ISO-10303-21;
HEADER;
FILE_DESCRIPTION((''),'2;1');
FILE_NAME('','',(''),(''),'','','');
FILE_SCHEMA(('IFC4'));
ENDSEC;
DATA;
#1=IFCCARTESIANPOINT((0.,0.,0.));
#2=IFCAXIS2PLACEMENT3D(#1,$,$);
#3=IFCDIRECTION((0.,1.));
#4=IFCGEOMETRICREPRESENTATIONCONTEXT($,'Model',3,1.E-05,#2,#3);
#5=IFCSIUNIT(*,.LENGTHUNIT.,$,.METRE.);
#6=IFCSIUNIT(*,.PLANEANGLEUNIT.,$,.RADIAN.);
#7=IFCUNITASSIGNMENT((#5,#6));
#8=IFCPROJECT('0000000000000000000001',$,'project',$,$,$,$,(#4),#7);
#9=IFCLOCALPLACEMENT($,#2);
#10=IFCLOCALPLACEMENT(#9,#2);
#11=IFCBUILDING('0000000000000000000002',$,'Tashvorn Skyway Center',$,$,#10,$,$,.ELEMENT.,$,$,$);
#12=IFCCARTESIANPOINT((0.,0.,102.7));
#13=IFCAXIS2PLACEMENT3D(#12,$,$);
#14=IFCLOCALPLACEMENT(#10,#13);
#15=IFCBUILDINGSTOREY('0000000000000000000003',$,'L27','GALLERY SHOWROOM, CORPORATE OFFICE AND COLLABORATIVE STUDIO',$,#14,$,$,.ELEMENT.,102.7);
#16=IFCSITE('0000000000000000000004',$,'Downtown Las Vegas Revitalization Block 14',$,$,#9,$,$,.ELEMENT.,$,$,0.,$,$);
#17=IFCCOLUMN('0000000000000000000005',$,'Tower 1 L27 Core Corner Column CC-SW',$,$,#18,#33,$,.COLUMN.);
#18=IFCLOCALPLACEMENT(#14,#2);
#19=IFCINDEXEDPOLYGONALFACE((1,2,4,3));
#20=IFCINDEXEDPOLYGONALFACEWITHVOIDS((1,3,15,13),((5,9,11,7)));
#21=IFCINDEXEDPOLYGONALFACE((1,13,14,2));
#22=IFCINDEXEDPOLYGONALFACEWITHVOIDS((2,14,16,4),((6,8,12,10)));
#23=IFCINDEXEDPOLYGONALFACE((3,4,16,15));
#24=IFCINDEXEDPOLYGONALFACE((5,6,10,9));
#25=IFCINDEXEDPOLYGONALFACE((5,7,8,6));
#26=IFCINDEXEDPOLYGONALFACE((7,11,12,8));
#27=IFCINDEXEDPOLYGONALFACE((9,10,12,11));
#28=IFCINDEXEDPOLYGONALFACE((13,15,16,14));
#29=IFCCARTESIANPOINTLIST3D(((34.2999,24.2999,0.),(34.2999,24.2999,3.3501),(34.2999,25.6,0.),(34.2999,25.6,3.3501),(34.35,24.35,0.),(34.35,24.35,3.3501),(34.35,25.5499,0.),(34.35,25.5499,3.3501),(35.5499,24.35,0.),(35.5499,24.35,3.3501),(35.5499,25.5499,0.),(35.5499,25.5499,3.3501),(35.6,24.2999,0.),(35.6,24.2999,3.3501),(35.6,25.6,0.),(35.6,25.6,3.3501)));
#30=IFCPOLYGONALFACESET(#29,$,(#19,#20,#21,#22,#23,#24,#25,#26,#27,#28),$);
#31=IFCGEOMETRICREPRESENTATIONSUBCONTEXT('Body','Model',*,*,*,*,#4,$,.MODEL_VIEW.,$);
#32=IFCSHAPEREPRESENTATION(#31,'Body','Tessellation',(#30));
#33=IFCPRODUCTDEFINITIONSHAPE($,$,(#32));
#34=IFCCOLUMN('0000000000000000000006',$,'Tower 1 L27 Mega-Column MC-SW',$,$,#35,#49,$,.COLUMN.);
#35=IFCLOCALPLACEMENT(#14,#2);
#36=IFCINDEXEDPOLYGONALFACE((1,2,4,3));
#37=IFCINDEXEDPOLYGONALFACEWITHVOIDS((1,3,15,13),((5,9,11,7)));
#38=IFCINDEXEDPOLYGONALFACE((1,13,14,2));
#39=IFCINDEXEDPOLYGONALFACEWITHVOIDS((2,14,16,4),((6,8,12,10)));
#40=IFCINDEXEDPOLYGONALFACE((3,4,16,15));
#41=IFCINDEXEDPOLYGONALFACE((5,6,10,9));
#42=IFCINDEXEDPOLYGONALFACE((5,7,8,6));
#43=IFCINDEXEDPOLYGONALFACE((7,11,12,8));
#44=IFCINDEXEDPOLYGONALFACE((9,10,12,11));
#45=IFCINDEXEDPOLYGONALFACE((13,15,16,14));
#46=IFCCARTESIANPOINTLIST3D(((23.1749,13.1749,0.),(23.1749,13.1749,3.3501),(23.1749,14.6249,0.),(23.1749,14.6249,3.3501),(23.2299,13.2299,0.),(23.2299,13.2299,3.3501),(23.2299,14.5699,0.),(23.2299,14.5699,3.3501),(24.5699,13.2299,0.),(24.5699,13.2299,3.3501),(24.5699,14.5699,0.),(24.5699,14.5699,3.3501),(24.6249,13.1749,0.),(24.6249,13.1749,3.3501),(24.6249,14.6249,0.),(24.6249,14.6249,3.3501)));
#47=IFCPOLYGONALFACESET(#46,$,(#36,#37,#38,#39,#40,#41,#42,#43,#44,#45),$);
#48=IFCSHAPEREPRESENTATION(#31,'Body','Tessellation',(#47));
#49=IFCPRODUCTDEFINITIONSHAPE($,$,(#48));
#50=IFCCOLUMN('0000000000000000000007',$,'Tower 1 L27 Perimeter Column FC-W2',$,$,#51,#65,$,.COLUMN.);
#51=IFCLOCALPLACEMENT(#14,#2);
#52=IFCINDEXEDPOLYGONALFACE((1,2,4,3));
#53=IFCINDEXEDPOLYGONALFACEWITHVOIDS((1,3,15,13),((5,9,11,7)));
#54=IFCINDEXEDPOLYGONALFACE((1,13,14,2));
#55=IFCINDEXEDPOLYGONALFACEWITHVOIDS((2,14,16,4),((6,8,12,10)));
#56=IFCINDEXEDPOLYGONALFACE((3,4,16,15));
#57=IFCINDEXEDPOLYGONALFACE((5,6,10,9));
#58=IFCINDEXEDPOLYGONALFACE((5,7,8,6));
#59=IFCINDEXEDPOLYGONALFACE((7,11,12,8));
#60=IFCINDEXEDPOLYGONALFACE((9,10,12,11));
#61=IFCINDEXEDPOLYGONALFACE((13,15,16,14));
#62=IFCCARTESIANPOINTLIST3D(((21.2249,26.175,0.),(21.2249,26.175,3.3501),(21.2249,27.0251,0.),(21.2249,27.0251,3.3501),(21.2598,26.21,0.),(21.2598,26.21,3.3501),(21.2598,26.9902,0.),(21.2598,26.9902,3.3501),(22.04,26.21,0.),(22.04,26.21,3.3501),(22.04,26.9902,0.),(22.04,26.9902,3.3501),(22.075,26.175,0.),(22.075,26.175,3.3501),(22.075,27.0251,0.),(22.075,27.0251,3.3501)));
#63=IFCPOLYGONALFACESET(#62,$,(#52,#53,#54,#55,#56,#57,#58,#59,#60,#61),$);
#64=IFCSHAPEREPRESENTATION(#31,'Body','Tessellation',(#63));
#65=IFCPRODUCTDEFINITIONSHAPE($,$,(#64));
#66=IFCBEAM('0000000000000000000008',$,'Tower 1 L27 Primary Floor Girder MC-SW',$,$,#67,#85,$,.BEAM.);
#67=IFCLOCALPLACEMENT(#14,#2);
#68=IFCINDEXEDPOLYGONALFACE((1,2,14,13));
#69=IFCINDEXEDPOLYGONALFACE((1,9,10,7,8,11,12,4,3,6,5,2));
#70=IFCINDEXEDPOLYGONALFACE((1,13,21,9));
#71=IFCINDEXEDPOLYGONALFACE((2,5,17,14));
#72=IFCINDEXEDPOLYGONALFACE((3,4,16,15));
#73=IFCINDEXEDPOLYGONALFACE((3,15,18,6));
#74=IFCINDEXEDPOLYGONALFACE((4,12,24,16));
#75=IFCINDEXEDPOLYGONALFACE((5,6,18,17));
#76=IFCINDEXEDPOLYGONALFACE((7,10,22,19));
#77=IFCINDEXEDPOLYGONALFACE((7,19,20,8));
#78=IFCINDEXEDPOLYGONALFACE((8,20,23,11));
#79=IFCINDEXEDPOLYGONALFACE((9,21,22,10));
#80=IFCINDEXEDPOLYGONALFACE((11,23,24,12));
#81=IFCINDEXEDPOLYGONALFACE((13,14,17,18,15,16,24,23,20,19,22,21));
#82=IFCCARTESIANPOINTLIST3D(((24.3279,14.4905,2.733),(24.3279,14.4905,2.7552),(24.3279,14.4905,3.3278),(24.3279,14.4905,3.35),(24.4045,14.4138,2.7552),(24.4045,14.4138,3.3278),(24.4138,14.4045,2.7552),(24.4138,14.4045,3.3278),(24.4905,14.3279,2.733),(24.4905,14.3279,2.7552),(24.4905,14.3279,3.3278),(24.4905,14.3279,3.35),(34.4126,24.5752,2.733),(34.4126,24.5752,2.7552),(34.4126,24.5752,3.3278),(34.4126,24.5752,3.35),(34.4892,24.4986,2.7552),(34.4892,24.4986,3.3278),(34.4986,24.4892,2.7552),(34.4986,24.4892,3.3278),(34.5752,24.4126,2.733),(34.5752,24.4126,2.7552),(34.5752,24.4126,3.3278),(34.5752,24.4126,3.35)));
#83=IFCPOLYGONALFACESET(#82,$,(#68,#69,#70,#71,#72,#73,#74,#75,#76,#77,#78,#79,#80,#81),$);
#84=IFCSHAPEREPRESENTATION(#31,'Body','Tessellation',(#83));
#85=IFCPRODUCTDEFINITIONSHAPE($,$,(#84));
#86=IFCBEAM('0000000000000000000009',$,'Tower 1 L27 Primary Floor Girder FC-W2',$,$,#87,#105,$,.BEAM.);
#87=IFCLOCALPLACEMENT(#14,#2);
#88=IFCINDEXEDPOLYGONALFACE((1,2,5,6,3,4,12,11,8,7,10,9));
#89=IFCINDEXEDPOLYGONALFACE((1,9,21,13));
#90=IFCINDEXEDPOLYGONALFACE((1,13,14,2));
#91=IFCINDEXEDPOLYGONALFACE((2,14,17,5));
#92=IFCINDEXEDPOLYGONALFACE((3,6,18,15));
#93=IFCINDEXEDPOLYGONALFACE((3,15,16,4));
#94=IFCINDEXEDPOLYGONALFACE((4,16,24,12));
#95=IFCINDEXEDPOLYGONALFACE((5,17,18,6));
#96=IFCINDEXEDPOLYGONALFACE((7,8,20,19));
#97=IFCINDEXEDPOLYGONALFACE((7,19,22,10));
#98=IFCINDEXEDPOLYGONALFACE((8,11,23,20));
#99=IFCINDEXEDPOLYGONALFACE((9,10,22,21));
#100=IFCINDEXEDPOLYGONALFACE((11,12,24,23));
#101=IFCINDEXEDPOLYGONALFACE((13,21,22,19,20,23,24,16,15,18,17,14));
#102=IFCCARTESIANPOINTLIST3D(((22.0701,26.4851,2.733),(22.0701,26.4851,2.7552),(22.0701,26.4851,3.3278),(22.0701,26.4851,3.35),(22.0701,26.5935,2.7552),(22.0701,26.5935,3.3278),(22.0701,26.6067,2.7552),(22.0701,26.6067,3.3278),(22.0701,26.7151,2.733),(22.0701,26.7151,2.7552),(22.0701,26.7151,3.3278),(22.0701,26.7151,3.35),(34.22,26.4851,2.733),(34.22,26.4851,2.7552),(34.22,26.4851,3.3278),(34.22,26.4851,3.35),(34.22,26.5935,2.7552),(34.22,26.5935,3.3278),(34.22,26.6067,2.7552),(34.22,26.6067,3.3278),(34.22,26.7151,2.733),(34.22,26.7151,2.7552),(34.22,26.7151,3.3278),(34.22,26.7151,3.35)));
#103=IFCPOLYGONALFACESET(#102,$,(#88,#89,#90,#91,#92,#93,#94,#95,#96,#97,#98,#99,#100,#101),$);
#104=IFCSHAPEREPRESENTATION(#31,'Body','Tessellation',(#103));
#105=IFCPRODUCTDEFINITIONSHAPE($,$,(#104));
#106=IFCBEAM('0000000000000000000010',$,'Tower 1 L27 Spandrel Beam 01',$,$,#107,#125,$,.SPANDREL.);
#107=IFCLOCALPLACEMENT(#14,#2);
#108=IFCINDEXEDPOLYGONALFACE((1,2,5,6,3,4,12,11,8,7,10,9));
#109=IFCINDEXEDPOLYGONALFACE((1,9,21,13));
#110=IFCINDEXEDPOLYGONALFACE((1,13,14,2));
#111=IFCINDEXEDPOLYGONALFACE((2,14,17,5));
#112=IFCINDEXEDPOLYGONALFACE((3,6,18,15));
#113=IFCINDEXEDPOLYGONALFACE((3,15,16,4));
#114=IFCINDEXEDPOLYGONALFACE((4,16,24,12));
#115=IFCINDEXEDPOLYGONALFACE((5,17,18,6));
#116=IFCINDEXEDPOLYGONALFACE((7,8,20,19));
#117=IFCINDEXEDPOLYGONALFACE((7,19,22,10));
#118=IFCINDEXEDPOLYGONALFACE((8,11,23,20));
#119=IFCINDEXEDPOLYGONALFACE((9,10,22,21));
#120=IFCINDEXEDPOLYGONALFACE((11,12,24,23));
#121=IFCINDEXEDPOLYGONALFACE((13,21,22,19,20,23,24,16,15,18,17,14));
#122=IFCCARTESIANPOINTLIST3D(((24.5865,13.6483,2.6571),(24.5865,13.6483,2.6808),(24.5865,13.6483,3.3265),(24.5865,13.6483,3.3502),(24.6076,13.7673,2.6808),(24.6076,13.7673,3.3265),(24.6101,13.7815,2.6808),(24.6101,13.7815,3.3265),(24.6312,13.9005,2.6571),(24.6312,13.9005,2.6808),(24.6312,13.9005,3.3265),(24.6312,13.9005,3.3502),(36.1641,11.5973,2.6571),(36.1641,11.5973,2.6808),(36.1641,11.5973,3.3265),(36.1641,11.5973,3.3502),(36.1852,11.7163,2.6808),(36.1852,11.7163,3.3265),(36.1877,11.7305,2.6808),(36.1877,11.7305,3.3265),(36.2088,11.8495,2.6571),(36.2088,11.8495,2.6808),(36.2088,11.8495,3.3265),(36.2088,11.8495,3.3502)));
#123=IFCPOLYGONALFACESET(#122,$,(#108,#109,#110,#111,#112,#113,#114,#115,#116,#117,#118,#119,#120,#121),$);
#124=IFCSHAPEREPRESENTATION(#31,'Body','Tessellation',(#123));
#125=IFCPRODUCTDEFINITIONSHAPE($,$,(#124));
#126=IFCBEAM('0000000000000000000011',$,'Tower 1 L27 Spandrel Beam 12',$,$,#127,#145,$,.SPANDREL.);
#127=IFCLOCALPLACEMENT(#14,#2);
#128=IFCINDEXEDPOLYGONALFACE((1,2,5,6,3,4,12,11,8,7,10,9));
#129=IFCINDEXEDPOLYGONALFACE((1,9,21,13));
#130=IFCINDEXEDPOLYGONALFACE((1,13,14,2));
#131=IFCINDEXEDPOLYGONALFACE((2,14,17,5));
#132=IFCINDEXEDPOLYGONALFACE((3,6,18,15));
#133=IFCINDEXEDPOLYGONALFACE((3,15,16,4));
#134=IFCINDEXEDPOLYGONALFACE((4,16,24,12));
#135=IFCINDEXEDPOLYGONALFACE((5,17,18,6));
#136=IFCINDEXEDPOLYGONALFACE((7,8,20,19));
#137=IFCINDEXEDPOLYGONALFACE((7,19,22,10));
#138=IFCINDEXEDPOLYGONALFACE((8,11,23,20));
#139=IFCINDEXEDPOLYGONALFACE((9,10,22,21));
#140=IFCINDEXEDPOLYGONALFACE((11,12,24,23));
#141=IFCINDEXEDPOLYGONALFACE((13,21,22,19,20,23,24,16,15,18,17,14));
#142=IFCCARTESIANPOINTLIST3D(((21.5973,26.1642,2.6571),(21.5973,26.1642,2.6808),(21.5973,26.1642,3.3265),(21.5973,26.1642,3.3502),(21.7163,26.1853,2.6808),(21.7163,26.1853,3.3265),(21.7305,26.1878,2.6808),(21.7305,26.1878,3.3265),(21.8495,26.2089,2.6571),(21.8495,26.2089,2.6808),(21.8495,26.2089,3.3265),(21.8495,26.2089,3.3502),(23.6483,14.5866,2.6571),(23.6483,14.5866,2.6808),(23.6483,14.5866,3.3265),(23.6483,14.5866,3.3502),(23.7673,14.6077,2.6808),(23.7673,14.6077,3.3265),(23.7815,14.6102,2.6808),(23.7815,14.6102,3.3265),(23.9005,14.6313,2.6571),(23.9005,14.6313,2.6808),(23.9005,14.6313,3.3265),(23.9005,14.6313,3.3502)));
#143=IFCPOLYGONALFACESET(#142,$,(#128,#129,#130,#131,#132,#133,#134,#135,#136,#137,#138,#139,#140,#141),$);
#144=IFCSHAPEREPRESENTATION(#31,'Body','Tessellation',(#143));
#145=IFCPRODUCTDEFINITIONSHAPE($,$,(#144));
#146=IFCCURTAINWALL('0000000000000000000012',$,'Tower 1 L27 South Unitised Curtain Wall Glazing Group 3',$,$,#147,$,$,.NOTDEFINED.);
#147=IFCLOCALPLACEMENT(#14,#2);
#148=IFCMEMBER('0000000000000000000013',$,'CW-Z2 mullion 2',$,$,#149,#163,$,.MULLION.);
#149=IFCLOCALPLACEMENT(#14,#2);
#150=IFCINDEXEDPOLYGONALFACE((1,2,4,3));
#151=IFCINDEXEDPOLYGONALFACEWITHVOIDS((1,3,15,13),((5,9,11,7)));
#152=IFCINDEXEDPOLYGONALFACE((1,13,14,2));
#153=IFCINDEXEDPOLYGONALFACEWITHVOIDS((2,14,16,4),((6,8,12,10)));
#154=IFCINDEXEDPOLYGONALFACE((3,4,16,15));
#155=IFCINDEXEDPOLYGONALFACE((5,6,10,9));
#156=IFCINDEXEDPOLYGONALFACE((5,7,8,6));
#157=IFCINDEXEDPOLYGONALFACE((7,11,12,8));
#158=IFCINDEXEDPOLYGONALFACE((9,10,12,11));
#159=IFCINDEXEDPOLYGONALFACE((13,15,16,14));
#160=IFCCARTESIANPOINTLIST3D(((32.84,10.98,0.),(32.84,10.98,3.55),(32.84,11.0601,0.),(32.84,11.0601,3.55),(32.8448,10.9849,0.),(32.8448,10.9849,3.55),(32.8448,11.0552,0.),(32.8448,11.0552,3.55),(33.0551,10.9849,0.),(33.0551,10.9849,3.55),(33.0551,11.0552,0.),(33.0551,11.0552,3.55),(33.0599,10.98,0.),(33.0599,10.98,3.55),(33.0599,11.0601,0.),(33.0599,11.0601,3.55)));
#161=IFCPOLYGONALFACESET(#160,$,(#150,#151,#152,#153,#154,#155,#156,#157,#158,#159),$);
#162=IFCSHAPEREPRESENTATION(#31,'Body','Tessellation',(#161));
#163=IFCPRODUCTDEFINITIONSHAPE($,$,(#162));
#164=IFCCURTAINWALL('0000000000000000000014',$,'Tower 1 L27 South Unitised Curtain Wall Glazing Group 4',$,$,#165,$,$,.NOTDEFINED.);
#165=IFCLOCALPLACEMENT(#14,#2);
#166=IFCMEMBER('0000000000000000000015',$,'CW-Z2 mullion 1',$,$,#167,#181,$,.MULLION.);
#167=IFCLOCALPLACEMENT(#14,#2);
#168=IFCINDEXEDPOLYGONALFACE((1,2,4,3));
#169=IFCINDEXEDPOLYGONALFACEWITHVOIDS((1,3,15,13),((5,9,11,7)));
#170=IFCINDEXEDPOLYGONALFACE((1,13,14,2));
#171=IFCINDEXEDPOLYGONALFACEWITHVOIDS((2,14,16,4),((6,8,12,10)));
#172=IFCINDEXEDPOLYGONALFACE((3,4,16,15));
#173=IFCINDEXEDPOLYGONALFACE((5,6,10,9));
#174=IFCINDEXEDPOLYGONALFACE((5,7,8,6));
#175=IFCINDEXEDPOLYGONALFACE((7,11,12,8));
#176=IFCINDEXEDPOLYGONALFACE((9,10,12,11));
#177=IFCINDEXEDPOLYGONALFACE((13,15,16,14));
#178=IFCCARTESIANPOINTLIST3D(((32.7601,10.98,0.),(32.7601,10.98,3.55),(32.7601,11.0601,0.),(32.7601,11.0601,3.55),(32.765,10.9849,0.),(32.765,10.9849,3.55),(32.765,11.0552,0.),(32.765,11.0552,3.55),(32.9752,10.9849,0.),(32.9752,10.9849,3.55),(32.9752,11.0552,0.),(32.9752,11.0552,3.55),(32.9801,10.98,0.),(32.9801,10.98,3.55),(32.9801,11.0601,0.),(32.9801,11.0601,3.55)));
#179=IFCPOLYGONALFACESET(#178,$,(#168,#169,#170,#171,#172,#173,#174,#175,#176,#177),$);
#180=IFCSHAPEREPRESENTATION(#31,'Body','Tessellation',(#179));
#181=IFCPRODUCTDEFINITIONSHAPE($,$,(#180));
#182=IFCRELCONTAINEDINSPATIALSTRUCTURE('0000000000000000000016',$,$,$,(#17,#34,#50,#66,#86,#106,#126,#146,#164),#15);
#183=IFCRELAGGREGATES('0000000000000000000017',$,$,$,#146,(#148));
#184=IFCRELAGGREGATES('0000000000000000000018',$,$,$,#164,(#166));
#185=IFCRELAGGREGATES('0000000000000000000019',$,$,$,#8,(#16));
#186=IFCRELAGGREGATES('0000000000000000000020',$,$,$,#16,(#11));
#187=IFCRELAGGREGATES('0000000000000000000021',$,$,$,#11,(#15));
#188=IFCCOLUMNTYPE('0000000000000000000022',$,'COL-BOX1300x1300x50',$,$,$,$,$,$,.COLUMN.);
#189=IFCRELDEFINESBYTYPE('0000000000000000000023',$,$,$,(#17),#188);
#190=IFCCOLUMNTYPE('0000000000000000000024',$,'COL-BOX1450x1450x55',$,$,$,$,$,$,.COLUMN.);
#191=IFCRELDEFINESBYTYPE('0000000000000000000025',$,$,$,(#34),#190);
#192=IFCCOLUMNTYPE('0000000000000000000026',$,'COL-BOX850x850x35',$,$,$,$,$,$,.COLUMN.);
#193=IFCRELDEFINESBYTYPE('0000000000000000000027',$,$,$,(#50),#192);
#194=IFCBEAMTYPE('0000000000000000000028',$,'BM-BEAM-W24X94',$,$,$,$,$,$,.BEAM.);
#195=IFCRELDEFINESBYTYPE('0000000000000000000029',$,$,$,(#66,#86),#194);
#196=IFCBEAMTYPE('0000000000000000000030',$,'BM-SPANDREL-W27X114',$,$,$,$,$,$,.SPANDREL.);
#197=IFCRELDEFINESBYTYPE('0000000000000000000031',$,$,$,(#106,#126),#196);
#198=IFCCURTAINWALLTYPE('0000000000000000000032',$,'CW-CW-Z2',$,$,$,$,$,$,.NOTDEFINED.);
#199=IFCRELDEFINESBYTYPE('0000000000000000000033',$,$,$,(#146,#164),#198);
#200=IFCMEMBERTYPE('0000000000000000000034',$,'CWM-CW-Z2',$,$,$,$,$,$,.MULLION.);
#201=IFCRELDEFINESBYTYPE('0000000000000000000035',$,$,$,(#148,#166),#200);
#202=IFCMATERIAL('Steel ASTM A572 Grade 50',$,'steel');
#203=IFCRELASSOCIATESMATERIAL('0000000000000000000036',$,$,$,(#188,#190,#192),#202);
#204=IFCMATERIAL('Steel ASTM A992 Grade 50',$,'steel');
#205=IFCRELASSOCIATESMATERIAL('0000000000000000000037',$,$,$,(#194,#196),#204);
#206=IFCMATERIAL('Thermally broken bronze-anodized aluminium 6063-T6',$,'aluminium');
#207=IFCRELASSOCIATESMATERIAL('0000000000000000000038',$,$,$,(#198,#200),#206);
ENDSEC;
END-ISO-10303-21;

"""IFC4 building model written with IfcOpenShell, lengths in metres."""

from ifc_helpers import new_model, si_unit, direction, frame, origin, origin_2d, place, context, subcontext, project, spatial, hollow_rectangle, i_section, extrude, material, material_profile, profile_set, type_object, element, aggregate, save


model = new_model("IFC4")

# Units and contexts
model_context = context("Model", 3, precision=1e-05, world=origin(), true_north=direction((0.0, 1.0)))
body_context = subcontext(model_context, "Body", "Model", "MODEL_VIEW")
ifc_project = project(units=[si_unit("LENGTHUNIT", "METRE"), si_unit("PLANEANGLEUNIT", "RADIAN")], contexts=[model_context])

# Site, building, storey
site_placement = place(None, origin())
site = spatial("IfcSite", under=ifc_project, at=site_placement, Name="Downtown Las Vegas Revitalization Block 14", CompositionType="ELEMENT", RefElevation=0.0)
building_placement = place(site_placement, origin())
building = spatial("IfcBuilding", under=site, at=building_placement, Name="Tashvorn Skyway Center", CompositionType="ELEMENT")
storey_placement = place(building_placement, frame((0.0, 0.0, 102.7)))
storey = spatial("IfcBuildingStorey", under=building, at=storey_placement, Name="L27", Description="GALLERY SHOWROOM, CORPORATE OFFICE AND COLLABORATIVE STUDIO", CompositionType="ELEMENT", Elevation=102.7)

# Columns
ifc_material_1 = material(Name="Steel ASTM A572 Grade 50", Category="steel")
ifc_material_profile_1 = material_profile(ifc_material_1, hollow_rectangle(XDim=1.3, YDim=1.3, WallThickness=0.05, at=origin_2d()), Name="BOX1300x1300x50")
ifc_profile_set_1 = profile_set([ifc_material_profile_1], Name="Steel ASTM A572 Grade 50")
column_type_1 = type_object("IfcColumnType", Name="COL-BOX1300x1300x50", PredefinedType="COLUMN", material=ifc_profile_set_1)
column_1_placement = place(storey_placement, frame((34.95, 24.95, 0.0), z_axis=(0.0, 0.0, 1.0), x_axis=(1.0, 0.0, 0.0)))
element("IfcColumn", 1, at=column_1_placement, inside=storey, type_object=column_type_1, Name="Tower 1 L27 Core Corner Column CC-SW", PredefinedType="COLUMN", context=body_context, shape_type="SweptSolid", body=[
    extrude(hollow_rectangle(XDim=1.3, YDim=1.3, WallThickness=0.05, at=origin_2d()), origin(), (0.0, 0.0, 1.0), 3.3501),
])
ifc_material_profile_2 = material_profile(ifc_material_1, hollow_rectangle(XDim=1.45, YDim=1.45, WallThickness=0.0549, at=origin_2d()), Name="BOX1450x1450x55")
ifc_profile_set_2 = profile_set([ifc_material_profile_2], Name="Steel ASTM A572 Grade 50")
column_type_2 = type_object("IfcColumnType", Name="COL-BOX1450x1450x55", PredefinedType="COLUMN", material=ifc_profile_set_2)
column_2_placement = place(storey_placement, frame((23.8999, 13.8999, 0.0), z_axis=(0.0, 0.0, 1.0), x_axis=(1.0, 0.0, 0.0)))
element("IfcColumn", 2, at=column_2_placement, inside=storey, type_object=column_type_2, Name="Tower 1 L27 Mega-Column MC-SW", PredefinedType="COLUMN", context=body_context, shape_type="SweptSolid", body=[
    extrude(hollow_rectangle(XDim=1.45, YDim=1.45, WallThickness=0.0549, at=origin_2d()), origin(), (0.0, 0.0, 1.0), 3.3501),
])
ifc_material_profile_3 = material_profile(ifc_material_1, hollow_rectangle(XDim=0.8501, YDim=0.8501, WallThickness=0.0349, at=origin_2d()), Name="BOX850x850x35")
ifc_profile_set_3 = profile_set([ifc_material_profile_3], Name="Steel ASTM A572 Grade 50")
column_type_3 = type_object("IfcColumnType", Name="COL-BOX850x850x35", PredefinedType="COLUMN", material=ifc_profile_set_3)
column_3_placement = place(storey_placement, frame((21.6499, 26.6001, 0.0), z_axis=(0.0, 0.0, 1.0), x_axis=(1.0, 0.0, 0.0)))
element("IfcColumn", 3, at=column_3_placement, inside=storey, type_object=column_type_3, Name="Tower 1 L27 Perimeter Column FC-W2", PredefinedType="COLUMN", context=body_context, shape_type="SweptSolid", body=[
    extrude(hollow_rectangle(XDim=0.8501, YDim=0.8501, WallThickness=0.0349, at=origin_2d()), origin(), (0.0, 0.0, 1.0), 3.3501),
])

# Beams
ifc_material_2 = material(Name="Steel ASTM A992 Grade 50", Category="steel")
ifc_material_profile_4 = material_profile(ifc_material_2, i_section(OverallWidth=0.23, OverallDepth=0.6169, WebThickness=0.0132, FlangeThickness=0.0222, at=origin_2d()), Name="W24X94")
ifc_profile_set_4 = profile_set([ifc_material_profile_4], Name="Steel ASTM A992 Grade 50")
beam_type_1 = type_object("IfcBeamType", Name="BM-BEAM-W24X94", PredefinedType="BEAM", material=ifc_profile_set_4)
beam_1_placement = place(storey_placement, frame((24.4092, 14.4092, 3.0415), z_axis=(0.707107, 0.707107, 0.0), x_axis=(-0.707107, 0.707107, 0.0)))
element("IfcBeam", 4, at=beam_1_placement, inside=storey, type_object=beam_type_1, Name="Tower 1 L27 Primary Floor Girder MC-SW", PredefinedType="BEAM", context=body_context, shape_type="SweptSolid", body=[
    extrude(i_section(OverallWidth=0.23, OverallDepth=0.6169, WebThickness=0.0132, FlangeThickness=0.0222, at=origin_2d()), origin(), (0.0, 0.0, 1.0), 14.262),
])
beam_2_placement = place(storey_placement, frame((22.0701, 26.6001, 3.0415), z_axis=(1.0, 0.0, 0.0), x_axis=(0.0, 1.0, 0.0)))
element("IfcBeam", 5, at=beam_2_placement, inside=storey, type_object=beam_type_1, Name="Tower 1 L27 Primary Floor Girder FC-W2", PredefinedType="BEAM", context=body_context, shape_type="SweptSolid", body=[
    extrude(i_section(OverallWidth=0.23, OverallDepth=0.6169, WebThickness=0.0132, FlangeThickness=0.0222, at=origin_2d()), origin(), (0.0, 0.0, 1.0), 12.1499),
])
ifc_material_profile_5 = material_profile(ifc_material_2, i_section(OverallWidth=0.2561, OverallDepth=0.6931, WebThickness=0.0144, FlangeThickness=0.0237, at=origin_2d()), Name="W27X114")
ifc_profile_set_5 = profile_set([ifc_material_profile_5], Name="Steel ASTM A992 Grade 50")
beam_type_2 = type_object("IfcBeamType", Name="BM-SPANDREL-W27X114", PredefinedType="SPANDREL", material=ifc_profile_set_5)
for number, where, z_axis, x_axis, name in (
    (6, (24.6089, 13.7744, 3.0037), (0.984668, -0.174438, 0.0), (0.174438, 0.984668, 0.0), "Tower 1 L27 Spandrel Beam 01"),
    (7, (21.7234, 26.1865, 3.0037), (0.174438, -0.984668, 0.0), (0.984668, 0.174438, 0.0), "Tower 1 L27 Spandrel Beam 12"),
):
    element("IfcBeam", number, at=place(storey_placement, frame(where, z_axis=z_axis, x_axis=x_axis)), inside=storey, type_object=beam_type_2, Name=name, PredefinedType="SPANDREL", context=body_context, shape_type="SweptSolid", body=[
        extrude(i_section(OverallWidth=0.2561, OverallDepth=0.6931, WebThickness=0.0144, FlangeThickness=0.0237, at=origin_2d()), origin(), (0.0, 0.0, 1.0), 11.7578),
    ])

# Curtain wall, member
ifc_material_3 = material(Name="Thermally broken bronze-anodized aluminium 6063-T6", Category="aluminium")
curtain_wall_type = type_object("IfcCurtainWallType", Name="CW-CW-Z2", PredefinedType="NOTDEFINED", material=ifc_material_3)
curtain_wall_1_placement = place(storey_placement, origin())
curtain_wall_1 = element("IfcCurtainWall", 8, at=curtain_wall_1_placement, inside=storey, type_object=curtain_wall_type, Name="Tower 1 L27 South Unitised Curtain Wall Glazing Group 3", PredefinedType="NOTDEFINED")
ifc_material_profile_6 = material_profile(ifc_material_3, hollow_rectangle(XDim=0.0801, YDim=0.22, WallThickness=0.0049, at=origin_2d()), Name="ALU-MULL-80x220")
ifc_profile_set_6 = profile_set([ifc_material_profile_6], Name="Thermally broken bronze-anodized aluminium 6063-T6")
member_type_1 = type_object("IfcMemberType", Name="CWM-CW-Z2", PredefinedType="MULLION", material=ifc_profile_set_6)
member_1_placement = place(storey_placement, frame((32.95, 11.02, 0.0), z_axis=(0.0, 0.0, 1.0), x_axis=(0.0, -1.0, 0.0)))
member_1 = element("IfcMember", 9, at=member_1_placement, type_object=member_type_1, Name="CW-Z2 mullion 2", PredefinedType="MULLION", context=body_context, shape_type="SweptSolid", body=[
    extrude(hollow_rectangle(XDim=0.0801, YDim=0.22, WallThickness=0.0049, at=origin_2d()), origin(), (0.0, 0.0, 1.0), 3.55),
])

# Curtain wall, member
curtain_wall_2_placement = place(storey_placement, origin())
curtain_wall_2 = element("IfcCurtainWall", 10, at=curtain_wall_2_placement, inside=storey, type_object=curtain_wall_type, Name="Tower 1 L27 South Unitised Curtain Wall Glazing Group 4", PredefinedType="NOTDEFINED")
member_2_placement = place(storey_placement, frame((32.8701, 11.02, 0.0), z_axis=(0.0, 0.0, 1.0), x_axis=(0.0, -1.0, 0.0)))
member_2 = element("IfcMember", 11, at=member_2_placement, type_object=member_type_1, Name="CW-Z2 mullion 1", PredefinedType="MULLION", context=body_context, shape_type="SweptSolid", body=[
    extrude(hollow_rectangle(XDim=0.0801, YDim=0.22, WallThickness=0.0049, at=origin_2d()), origin(), (0.0, 0.0, 1.0), 3.55),
])

aggregate(curtain_wall_1, [member_1])
aggregate(curtain_wall_2, [member_2])

save(model, "model.ifc")
